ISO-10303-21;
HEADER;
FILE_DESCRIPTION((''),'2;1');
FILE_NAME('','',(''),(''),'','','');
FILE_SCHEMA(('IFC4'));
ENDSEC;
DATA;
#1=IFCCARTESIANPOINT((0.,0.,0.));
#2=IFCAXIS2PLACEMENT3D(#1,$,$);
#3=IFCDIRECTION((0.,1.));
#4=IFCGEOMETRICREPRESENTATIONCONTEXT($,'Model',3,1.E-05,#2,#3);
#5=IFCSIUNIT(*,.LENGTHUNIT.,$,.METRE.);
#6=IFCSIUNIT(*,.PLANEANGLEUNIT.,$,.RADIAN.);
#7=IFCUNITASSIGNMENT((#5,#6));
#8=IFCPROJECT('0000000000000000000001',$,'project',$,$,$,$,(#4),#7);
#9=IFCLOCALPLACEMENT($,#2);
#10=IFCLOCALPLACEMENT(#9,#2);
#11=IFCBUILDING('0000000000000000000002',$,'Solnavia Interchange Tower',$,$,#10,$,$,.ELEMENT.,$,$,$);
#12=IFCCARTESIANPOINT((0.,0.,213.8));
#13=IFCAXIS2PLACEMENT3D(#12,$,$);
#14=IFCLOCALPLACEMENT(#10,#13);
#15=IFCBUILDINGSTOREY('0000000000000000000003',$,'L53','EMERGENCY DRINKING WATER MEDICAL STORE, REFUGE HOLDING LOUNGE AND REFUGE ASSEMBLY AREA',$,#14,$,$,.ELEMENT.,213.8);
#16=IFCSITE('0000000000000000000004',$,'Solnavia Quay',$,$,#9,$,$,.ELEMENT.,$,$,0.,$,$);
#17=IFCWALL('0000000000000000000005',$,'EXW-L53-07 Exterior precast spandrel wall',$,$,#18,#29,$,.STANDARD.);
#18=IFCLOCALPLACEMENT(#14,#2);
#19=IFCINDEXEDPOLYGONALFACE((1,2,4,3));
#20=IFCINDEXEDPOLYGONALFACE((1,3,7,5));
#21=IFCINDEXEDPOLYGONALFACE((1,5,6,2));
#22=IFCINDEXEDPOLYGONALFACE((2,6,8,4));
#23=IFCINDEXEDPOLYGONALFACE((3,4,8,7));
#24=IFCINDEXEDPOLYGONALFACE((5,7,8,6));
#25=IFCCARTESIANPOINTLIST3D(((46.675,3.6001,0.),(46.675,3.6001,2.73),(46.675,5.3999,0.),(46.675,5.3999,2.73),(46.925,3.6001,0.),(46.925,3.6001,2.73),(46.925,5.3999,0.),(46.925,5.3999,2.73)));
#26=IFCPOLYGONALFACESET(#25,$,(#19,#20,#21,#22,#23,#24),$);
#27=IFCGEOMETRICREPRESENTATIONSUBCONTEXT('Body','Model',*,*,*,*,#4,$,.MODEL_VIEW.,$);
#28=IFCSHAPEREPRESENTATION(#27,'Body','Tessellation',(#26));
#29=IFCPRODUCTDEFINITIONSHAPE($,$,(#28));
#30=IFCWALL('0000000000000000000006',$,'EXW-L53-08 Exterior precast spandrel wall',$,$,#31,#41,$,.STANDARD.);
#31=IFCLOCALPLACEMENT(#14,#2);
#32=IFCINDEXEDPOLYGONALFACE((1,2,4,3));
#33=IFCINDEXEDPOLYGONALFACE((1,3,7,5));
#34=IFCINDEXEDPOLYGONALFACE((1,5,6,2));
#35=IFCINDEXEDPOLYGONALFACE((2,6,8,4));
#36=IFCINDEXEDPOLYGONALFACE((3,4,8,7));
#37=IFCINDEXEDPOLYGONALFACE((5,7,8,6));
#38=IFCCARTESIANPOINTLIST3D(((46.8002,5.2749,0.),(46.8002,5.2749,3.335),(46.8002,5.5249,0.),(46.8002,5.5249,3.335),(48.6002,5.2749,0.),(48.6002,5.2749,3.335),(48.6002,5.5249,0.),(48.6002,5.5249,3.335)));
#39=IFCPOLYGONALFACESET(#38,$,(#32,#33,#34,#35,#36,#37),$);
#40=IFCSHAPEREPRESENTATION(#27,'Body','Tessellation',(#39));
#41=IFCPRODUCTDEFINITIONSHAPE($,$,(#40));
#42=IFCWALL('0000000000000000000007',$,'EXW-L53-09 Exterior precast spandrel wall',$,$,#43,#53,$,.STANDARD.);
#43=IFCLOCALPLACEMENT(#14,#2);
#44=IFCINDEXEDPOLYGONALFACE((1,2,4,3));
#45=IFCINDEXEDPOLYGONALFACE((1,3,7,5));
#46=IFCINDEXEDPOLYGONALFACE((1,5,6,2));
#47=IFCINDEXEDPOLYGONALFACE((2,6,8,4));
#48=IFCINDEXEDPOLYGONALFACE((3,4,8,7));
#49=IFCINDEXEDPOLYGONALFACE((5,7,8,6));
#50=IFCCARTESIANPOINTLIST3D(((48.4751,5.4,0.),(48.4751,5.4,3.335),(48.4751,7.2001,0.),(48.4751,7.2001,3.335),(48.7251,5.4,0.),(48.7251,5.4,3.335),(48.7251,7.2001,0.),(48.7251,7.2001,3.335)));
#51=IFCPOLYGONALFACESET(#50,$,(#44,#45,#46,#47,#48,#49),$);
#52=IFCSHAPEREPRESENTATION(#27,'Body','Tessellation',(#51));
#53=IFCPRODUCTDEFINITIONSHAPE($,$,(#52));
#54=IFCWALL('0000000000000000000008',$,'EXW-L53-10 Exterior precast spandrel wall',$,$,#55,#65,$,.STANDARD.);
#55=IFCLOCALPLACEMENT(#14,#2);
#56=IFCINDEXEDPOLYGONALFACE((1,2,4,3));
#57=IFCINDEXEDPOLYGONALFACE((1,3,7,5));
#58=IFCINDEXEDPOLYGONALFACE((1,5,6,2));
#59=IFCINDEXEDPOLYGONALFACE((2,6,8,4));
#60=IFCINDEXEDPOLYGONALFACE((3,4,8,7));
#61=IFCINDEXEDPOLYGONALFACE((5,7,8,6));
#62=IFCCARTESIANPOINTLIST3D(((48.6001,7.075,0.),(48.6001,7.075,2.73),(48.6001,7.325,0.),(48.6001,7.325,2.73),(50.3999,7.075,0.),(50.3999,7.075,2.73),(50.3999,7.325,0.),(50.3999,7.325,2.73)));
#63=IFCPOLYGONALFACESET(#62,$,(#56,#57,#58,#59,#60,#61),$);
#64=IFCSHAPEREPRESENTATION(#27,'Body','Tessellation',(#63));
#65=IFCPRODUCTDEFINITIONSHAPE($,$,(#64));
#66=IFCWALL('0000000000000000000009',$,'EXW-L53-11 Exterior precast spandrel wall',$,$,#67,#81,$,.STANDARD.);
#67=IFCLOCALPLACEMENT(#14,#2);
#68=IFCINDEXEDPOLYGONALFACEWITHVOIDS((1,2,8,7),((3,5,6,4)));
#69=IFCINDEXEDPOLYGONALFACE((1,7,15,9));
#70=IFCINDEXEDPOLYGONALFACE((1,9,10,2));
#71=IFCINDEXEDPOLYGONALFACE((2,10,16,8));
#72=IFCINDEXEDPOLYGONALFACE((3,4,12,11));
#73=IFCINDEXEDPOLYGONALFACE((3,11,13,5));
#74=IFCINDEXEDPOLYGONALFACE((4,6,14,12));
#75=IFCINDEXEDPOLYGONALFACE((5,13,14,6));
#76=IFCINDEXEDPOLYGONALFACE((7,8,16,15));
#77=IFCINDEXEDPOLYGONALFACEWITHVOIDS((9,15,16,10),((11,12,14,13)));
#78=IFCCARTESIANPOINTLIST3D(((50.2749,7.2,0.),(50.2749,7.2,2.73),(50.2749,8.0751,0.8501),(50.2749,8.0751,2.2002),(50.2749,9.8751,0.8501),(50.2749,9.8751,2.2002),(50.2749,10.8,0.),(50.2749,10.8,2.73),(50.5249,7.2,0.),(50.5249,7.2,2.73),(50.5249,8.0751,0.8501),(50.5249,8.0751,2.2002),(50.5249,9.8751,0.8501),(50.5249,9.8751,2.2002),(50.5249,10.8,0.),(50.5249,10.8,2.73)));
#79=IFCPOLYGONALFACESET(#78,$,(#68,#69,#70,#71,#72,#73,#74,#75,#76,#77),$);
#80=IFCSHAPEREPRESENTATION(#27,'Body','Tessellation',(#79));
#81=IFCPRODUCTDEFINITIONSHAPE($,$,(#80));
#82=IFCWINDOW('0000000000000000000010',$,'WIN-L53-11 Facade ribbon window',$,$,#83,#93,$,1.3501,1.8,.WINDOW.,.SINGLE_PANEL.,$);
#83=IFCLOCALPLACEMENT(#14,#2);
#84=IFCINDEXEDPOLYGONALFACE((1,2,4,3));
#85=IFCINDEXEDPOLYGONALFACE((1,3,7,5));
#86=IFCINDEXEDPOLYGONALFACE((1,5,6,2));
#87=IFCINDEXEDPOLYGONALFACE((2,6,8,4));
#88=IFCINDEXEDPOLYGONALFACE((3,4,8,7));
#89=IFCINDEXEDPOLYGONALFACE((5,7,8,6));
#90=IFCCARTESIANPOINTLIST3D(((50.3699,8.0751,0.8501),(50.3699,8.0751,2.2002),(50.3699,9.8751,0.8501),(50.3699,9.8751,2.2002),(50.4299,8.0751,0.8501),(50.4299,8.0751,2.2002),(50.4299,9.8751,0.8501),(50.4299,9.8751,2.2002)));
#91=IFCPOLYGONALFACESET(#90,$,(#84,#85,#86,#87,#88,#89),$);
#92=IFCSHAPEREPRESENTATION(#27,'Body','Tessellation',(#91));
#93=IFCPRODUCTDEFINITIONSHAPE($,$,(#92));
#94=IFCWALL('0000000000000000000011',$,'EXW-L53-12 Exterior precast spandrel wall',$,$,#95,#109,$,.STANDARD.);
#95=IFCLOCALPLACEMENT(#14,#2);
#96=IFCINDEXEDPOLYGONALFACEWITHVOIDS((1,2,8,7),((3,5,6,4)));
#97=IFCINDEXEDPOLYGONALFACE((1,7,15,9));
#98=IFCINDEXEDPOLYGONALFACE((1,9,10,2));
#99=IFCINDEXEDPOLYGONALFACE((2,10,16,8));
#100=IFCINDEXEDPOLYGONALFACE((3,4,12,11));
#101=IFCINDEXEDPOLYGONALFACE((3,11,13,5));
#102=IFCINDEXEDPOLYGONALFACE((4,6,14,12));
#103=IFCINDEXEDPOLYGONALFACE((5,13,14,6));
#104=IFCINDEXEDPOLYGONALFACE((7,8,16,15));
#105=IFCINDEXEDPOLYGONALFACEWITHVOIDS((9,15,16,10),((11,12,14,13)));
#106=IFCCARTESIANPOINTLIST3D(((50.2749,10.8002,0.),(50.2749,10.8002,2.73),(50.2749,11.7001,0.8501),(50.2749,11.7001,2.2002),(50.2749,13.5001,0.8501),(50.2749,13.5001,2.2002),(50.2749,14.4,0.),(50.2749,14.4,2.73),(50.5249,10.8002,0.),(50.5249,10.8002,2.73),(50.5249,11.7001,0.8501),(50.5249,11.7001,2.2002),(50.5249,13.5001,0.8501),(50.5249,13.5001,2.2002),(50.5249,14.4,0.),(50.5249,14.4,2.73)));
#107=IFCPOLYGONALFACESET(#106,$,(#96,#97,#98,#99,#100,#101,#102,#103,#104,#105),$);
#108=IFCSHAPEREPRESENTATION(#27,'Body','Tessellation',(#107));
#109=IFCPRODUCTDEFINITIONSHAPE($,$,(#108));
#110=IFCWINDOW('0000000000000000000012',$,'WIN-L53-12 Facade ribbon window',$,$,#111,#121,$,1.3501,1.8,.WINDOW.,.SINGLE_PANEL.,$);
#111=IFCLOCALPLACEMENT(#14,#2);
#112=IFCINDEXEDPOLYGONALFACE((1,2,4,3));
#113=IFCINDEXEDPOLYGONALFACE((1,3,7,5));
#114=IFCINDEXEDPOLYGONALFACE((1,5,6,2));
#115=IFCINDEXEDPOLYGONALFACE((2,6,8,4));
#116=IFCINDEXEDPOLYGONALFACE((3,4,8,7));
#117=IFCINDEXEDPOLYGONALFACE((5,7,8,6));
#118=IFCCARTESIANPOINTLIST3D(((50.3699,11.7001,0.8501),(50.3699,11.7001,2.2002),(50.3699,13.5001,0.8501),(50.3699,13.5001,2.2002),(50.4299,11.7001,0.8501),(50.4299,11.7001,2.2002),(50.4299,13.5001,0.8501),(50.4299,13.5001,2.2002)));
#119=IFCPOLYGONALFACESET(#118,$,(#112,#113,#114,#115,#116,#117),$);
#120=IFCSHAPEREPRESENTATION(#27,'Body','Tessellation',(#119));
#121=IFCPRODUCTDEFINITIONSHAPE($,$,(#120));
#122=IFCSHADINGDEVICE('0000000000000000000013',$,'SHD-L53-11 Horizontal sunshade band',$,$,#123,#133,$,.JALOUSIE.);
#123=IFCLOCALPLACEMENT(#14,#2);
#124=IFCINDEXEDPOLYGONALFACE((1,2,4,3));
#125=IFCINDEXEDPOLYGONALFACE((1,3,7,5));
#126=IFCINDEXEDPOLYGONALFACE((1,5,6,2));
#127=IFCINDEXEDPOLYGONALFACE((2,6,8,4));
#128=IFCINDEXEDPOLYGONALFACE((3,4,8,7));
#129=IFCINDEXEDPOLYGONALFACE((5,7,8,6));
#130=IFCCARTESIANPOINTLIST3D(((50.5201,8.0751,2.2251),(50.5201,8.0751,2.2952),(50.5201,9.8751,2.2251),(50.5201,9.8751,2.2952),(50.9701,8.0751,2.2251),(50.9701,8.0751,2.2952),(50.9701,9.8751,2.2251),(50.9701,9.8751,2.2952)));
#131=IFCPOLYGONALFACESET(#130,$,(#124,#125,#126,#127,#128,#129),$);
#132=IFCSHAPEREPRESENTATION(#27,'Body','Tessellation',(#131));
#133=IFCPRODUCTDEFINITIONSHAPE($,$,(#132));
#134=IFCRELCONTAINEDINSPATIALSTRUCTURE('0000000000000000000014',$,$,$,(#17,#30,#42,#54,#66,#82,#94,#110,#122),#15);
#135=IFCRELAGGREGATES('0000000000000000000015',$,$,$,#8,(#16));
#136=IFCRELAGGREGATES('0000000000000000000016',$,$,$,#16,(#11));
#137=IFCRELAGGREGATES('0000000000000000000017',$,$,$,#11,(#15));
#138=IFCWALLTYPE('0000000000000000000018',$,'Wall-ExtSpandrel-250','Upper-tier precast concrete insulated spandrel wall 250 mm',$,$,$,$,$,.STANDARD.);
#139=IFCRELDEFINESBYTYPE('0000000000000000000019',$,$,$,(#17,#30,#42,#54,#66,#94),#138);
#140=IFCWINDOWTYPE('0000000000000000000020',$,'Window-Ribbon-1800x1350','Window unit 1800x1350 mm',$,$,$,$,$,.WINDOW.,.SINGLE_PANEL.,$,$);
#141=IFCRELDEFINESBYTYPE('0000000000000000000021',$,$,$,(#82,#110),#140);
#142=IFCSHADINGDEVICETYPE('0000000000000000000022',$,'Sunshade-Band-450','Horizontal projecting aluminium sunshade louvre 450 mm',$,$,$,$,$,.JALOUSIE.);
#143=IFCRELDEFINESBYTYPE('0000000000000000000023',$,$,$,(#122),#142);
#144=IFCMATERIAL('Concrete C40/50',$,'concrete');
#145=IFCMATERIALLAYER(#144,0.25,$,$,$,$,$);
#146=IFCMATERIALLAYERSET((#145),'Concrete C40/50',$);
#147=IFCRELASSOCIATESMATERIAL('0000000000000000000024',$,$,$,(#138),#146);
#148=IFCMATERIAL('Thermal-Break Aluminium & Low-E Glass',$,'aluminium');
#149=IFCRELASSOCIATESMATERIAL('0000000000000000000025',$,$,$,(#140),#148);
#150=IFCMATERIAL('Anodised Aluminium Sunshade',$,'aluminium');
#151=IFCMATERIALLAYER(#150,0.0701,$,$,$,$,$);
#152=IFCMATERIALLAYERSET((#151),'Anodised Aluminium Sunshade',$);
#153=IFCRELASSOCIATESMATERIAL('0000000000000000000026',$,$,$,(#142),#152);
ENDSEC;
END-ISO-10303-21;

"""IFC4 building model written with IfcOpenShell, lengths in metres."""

from ifc_helpers import new_model, si_unit, direction, frame, frame_2d, origin, origin_2d, place, context, subcontext, project, spatial, rectangle, extrude, material, layer, layer_set, type_object, element, fill, save


model = new_model("IFC4")

# Units and contexts
model_context = context("Model", 3, precision=1e-05, world=origin(), true_north=direction((0.0, 1.0)))
body_context = subcontext(model_context, "Body", "Model", "MODEL_VIEW")
ifc_project = project(units=[si_unit("LENGTHUNIT", "METRE"), si_unit("PLANEANGLEUNIT", "RADIAN")], contexts=[model_context])

# Site, building, storey
site_placement = place(None, origin())
site = spatial("IfcSite", under=ifc_project, at=site_placement, Name="Solnavia Quay", CompositionType="ELEMENT", RefElevation=0.0)
building_placement = place(site_placement, origin())
building = spatial("IfcBuilding", under=site, at=building_placement, Name="Solnavia Interchange Tower", CompositionType="ELEMENT")
storey_placement = place(building_placement, frame((0.0, 0.0, 213.8)))
storey = spatial("IfcBuildingStorey", under=building, at=storey_placement, Name="L53", Description="EMERGENCY DRINKING WATER MEDICAL STORE, REFUGE HOLDING LOUNGE AND REFUGE ASSEMBLY AREA", CompositionType="ELEMENT", Elevation=213.8)

# Shared definitions
ifc_material_1 = material(Name="Concrete C40/50", Category="concrete")
ifc_layer_1 = layer(ifc_material_1, 0.25)
ifc_layer_set_1 = layer_set([ifc_layer_1], Name="Concrete C40/50")
wall_type = type_object("IfcWallType", Name="Wall-ExtSpandrel-250", Description="Upper-tier precast concrete insulated spandrel wall 250 mm", PredefinedType="STANDARD", material=ifc_layer_set_1)
ifc_material_2 = material(Name="Thermal-Break Aluminium & Low-E Glass", Category="aluminium")
window_type = type_object("IfcWindowType", Name="Window-Ribbon-1800x1350", Description="Window unit 1800x1350 mm", PartitioningType="SINGLE_PANEL", PredefinedType="WINDOW", material=ifc_material_2)

# Walls
wall_1_placement = place(storey_placement, frame((46.8, 5.3999, 0.0), z_axis=(0.0, 0.0, 1.0), x_axis=(0.0, -1.0, 0.0)))
element("IfcWall", 1, at=wall_1_placement, inside=storey, type_object=wall_type, Name="EXW-L53-07 Exterior precast spandrel wall", PredefinedType="STANDARD", context=body_context, shape_type="SweptSolid", body=[
    extrude(rectangle(XDim=1.7998, YDim=0.25, at=frame_2d((0.8999, 0.0))), origin(), (0.0, 0.0, 1.0), 2.73),
])
for number, where, z_axis, x_axis, name in (
    (2, (48.6001, 5.3999, 0.0), (0.0, 0.0, 1.0), (-1.0, 0.0, 0.0), "EXW-L53-08 Exterior precast spandrel wall"),
    (3, (48.6001, 7.2, 0.0), (0.0, 0.0, 1.0), (0.0, -1.0, 0.0), "EXW-L53-09 Exterior precast spandrel wall"),
):
    element("IfcWall", number, at=place(storey_placement, frame(where, z_axis=z_axis, x_axis=x_axis)), inside=storey, type_object=wall_type, Name=name, PredefinedType="STANDARD", context=body_context, shape_type="SweptSolid", body=[
        extrude(rectangle(XDim=1.8, YDim=0.25, at=frame_2d((0.8999, 0.0))), origin(), (0.0, 0.0, 1.0), 3.335),
    ])
wall_2_placement = place(storey_placement, frame((50.3999, 7.2, 0.0), z_axis=(0.0, 0.0, 1.0), x_axis=(-1.0, 0.0, 0.0)))
element("IfcWall", 4, at=wall_2_placement, inside=storey, type_object=wall_type, Name="EXW-L53-10 Exterior precast spandrel wall", PredefinedType="STANDARD", context=body_context, shape_type="SweptSolid", body=[
    extrude(rectangle(XDim=1.7998, YDim=0.25, at=frame_2d((0.8999, 0.0))), origin(), (0.0, 0.0, 1.0), 2.73),
])

# Walls, openings, windows
wall_3_placement = place(storey_placement, frame((50.3999, 10.8, 0.0), z_axis=(0.0, 0.0, 1.0), x_axis=(0.0, -1.0, 0.0)))
wall_3 = element("IfcWall", 5, at=wall_3_placement, inside=storey, type_object=wall_type, Name="EXW-L53-11 Exterior precast spandrel wall", PredefinedType="STANDARD", context=body_context, shape_type="SweptSolid", body=[
    extrude(rectangle(XDim=3.6001, YDim=0.25, at=frame_2d((1.8, 0.0))), origin(), (0.0, 0.0, 1.0), 2.73),
])
opening_1_placement = place(wall_3_placement, frame((0.925, 0.0, 0.8501)))
opening_1 = element("IfcOpeningElement", 6, at=opening_1_placement, cuts=wall_3, PredefinedType="OPENING", context=body_context, shape_type="SweptSolid", body=[
    extrude(rectangle(XDim=1.8, YDim=1.3501, at=frame_2d((0.8999, 0.675))), frame((0.0, 0.135, 0.0), z_axis=(0.0, -1.0, 0.0), x_axis=(1.0, 0.0, 0.0)), (0.0, 0.0, 1.0), 0.27),
])
window_1_placement = place(opening_1_placement, origin())
window_1 = element("IfcWindow", 7, at=window_1_placement, inside=storey, type_object=window_type, Name="WIN-L53-11 Facade ribbon window", OverallHeight=1.3501, OverallWidth=1.8, PartitioningType="SINGLE_PANEL", PredefinedType="WINDOW", context=body_context, shape_type="SweptSolid", body=[
    extrude(rectangle(XDim=1.8, YDim=1.3501, at=frame_2d((0.8999, 0.675))), frame((0.0, 0.03, 0.0), z_axis=(0.0, -1.0, 0.0), x_axis=(1.0, 0.0, 0.0)), (0.0, 0.0, 1.0), 0.0601),
])
fill(opening_1, window_1)
wall_4_placement = place(storey_placement, frame((50.3999, 14.3999, 0.0), z_axis=(0.0, 0.0, 1.0), x_axis=(0.0, -1.0, 0.0)))
wall_4 = element("IfcWall", 8, at=wall_4_placement, inside=storey, type_object=wall_type, Name="EXW-L53-12 Exterior precast spandrel wall", PredefinedType="STANDARD", context=body_context, shape_type="SweptSolid", body=[
    extrude(rectangle(XDim=3.5999, YDim=0.25, at=frame_2d((1.7998, 0.0))), origin(), (0.0, 0.0, 1.0), 2.73),
])
opening_2_placement = place(wall_4_placement, frame((0.8999, 0.0, 0.8501)))
opening_2 = element("IfcOpeningElement", 9, at=opening_2_placement, cuts=wall_4, PredefinedType="OPENING", context=body_context, shape_type="SweptSolid", body=[
    extrude(rectangle(XDim=1.8, YDim=1.3501, at=frame_2d((0.8999, 0.675))), frame((0.0, 0.135, 0.0), z_axis=(0.0, -1.0, 0.0), x_axis=(1.0, 0.0, 0.0)), (0.0, 0.0, 1.0), 0.27),
])
window_2_placement = place(opening_2_placement, origin())
window_2 = element("IfcWindow", 10, at=window_2_placement, inside=storey, type_object=window_type, Name="WIN-L53-12 Facade ribbon window", OverallHeight=1.3501, OverallWidth=1.8, PartitioningType="SINGLE_PANEL", PredefinedType="WINDOW", context=body_context, shape_type="SweptSolid", body=[
    extrude(rectangle(XDim=1.8, YDim=1.3501, at=frame_2d((0.8999, 0.675))), frame((0.0, 0.03, 0.0), z_axis=(0.0, -1.0, 0.0), x_axis=(1.0, 0.0, 0.0)), (0.0, 0.0, 1.0), 0.0601),
])
fill(opening_2, window_2)

# Shading device
ifc_material_3 = material(Name="Anodised Aluminium Sunshade", Category="aluminium")
ifc_layer_2 = layer(ifc_material_3, 0.0701)
ifc_layer_set_2 = layer_set([ifc_layer_2], Name="Anodised Aluminium Sunshade")
shading_device_type = type_object("IfcShadingDeviceType", Name="Sunshade-Band-450", Description="Horizontal projecting aluminium sunshade louvre 450 mm", PredefinedType="JALOUSIE", material=ifc_layer_set_2)
shading_device_placement = place(storey_placement, frame((50.7451, 8.9751, 2.2251), z_axis=(0.0, 0.0, 1.0), x_axis=(0.0, -1.0, 0.0)))
element("IfcShadingDevice", 11, at=shading_device_placement, inside=storey, type_object=shading_device_type, Name="SHD-L53-11 Horizontal sunshade band", PredefinedType="JALOUSIE", context=body_context, shape_type="SweptSolid", body=[
    extrude(rectangle(XDim=1.8, YDim=0.45, at=origin_2d()), origin(), (0.0, 0.0, 1.0), 0.0701),
])

save(model, "model.ifc")
